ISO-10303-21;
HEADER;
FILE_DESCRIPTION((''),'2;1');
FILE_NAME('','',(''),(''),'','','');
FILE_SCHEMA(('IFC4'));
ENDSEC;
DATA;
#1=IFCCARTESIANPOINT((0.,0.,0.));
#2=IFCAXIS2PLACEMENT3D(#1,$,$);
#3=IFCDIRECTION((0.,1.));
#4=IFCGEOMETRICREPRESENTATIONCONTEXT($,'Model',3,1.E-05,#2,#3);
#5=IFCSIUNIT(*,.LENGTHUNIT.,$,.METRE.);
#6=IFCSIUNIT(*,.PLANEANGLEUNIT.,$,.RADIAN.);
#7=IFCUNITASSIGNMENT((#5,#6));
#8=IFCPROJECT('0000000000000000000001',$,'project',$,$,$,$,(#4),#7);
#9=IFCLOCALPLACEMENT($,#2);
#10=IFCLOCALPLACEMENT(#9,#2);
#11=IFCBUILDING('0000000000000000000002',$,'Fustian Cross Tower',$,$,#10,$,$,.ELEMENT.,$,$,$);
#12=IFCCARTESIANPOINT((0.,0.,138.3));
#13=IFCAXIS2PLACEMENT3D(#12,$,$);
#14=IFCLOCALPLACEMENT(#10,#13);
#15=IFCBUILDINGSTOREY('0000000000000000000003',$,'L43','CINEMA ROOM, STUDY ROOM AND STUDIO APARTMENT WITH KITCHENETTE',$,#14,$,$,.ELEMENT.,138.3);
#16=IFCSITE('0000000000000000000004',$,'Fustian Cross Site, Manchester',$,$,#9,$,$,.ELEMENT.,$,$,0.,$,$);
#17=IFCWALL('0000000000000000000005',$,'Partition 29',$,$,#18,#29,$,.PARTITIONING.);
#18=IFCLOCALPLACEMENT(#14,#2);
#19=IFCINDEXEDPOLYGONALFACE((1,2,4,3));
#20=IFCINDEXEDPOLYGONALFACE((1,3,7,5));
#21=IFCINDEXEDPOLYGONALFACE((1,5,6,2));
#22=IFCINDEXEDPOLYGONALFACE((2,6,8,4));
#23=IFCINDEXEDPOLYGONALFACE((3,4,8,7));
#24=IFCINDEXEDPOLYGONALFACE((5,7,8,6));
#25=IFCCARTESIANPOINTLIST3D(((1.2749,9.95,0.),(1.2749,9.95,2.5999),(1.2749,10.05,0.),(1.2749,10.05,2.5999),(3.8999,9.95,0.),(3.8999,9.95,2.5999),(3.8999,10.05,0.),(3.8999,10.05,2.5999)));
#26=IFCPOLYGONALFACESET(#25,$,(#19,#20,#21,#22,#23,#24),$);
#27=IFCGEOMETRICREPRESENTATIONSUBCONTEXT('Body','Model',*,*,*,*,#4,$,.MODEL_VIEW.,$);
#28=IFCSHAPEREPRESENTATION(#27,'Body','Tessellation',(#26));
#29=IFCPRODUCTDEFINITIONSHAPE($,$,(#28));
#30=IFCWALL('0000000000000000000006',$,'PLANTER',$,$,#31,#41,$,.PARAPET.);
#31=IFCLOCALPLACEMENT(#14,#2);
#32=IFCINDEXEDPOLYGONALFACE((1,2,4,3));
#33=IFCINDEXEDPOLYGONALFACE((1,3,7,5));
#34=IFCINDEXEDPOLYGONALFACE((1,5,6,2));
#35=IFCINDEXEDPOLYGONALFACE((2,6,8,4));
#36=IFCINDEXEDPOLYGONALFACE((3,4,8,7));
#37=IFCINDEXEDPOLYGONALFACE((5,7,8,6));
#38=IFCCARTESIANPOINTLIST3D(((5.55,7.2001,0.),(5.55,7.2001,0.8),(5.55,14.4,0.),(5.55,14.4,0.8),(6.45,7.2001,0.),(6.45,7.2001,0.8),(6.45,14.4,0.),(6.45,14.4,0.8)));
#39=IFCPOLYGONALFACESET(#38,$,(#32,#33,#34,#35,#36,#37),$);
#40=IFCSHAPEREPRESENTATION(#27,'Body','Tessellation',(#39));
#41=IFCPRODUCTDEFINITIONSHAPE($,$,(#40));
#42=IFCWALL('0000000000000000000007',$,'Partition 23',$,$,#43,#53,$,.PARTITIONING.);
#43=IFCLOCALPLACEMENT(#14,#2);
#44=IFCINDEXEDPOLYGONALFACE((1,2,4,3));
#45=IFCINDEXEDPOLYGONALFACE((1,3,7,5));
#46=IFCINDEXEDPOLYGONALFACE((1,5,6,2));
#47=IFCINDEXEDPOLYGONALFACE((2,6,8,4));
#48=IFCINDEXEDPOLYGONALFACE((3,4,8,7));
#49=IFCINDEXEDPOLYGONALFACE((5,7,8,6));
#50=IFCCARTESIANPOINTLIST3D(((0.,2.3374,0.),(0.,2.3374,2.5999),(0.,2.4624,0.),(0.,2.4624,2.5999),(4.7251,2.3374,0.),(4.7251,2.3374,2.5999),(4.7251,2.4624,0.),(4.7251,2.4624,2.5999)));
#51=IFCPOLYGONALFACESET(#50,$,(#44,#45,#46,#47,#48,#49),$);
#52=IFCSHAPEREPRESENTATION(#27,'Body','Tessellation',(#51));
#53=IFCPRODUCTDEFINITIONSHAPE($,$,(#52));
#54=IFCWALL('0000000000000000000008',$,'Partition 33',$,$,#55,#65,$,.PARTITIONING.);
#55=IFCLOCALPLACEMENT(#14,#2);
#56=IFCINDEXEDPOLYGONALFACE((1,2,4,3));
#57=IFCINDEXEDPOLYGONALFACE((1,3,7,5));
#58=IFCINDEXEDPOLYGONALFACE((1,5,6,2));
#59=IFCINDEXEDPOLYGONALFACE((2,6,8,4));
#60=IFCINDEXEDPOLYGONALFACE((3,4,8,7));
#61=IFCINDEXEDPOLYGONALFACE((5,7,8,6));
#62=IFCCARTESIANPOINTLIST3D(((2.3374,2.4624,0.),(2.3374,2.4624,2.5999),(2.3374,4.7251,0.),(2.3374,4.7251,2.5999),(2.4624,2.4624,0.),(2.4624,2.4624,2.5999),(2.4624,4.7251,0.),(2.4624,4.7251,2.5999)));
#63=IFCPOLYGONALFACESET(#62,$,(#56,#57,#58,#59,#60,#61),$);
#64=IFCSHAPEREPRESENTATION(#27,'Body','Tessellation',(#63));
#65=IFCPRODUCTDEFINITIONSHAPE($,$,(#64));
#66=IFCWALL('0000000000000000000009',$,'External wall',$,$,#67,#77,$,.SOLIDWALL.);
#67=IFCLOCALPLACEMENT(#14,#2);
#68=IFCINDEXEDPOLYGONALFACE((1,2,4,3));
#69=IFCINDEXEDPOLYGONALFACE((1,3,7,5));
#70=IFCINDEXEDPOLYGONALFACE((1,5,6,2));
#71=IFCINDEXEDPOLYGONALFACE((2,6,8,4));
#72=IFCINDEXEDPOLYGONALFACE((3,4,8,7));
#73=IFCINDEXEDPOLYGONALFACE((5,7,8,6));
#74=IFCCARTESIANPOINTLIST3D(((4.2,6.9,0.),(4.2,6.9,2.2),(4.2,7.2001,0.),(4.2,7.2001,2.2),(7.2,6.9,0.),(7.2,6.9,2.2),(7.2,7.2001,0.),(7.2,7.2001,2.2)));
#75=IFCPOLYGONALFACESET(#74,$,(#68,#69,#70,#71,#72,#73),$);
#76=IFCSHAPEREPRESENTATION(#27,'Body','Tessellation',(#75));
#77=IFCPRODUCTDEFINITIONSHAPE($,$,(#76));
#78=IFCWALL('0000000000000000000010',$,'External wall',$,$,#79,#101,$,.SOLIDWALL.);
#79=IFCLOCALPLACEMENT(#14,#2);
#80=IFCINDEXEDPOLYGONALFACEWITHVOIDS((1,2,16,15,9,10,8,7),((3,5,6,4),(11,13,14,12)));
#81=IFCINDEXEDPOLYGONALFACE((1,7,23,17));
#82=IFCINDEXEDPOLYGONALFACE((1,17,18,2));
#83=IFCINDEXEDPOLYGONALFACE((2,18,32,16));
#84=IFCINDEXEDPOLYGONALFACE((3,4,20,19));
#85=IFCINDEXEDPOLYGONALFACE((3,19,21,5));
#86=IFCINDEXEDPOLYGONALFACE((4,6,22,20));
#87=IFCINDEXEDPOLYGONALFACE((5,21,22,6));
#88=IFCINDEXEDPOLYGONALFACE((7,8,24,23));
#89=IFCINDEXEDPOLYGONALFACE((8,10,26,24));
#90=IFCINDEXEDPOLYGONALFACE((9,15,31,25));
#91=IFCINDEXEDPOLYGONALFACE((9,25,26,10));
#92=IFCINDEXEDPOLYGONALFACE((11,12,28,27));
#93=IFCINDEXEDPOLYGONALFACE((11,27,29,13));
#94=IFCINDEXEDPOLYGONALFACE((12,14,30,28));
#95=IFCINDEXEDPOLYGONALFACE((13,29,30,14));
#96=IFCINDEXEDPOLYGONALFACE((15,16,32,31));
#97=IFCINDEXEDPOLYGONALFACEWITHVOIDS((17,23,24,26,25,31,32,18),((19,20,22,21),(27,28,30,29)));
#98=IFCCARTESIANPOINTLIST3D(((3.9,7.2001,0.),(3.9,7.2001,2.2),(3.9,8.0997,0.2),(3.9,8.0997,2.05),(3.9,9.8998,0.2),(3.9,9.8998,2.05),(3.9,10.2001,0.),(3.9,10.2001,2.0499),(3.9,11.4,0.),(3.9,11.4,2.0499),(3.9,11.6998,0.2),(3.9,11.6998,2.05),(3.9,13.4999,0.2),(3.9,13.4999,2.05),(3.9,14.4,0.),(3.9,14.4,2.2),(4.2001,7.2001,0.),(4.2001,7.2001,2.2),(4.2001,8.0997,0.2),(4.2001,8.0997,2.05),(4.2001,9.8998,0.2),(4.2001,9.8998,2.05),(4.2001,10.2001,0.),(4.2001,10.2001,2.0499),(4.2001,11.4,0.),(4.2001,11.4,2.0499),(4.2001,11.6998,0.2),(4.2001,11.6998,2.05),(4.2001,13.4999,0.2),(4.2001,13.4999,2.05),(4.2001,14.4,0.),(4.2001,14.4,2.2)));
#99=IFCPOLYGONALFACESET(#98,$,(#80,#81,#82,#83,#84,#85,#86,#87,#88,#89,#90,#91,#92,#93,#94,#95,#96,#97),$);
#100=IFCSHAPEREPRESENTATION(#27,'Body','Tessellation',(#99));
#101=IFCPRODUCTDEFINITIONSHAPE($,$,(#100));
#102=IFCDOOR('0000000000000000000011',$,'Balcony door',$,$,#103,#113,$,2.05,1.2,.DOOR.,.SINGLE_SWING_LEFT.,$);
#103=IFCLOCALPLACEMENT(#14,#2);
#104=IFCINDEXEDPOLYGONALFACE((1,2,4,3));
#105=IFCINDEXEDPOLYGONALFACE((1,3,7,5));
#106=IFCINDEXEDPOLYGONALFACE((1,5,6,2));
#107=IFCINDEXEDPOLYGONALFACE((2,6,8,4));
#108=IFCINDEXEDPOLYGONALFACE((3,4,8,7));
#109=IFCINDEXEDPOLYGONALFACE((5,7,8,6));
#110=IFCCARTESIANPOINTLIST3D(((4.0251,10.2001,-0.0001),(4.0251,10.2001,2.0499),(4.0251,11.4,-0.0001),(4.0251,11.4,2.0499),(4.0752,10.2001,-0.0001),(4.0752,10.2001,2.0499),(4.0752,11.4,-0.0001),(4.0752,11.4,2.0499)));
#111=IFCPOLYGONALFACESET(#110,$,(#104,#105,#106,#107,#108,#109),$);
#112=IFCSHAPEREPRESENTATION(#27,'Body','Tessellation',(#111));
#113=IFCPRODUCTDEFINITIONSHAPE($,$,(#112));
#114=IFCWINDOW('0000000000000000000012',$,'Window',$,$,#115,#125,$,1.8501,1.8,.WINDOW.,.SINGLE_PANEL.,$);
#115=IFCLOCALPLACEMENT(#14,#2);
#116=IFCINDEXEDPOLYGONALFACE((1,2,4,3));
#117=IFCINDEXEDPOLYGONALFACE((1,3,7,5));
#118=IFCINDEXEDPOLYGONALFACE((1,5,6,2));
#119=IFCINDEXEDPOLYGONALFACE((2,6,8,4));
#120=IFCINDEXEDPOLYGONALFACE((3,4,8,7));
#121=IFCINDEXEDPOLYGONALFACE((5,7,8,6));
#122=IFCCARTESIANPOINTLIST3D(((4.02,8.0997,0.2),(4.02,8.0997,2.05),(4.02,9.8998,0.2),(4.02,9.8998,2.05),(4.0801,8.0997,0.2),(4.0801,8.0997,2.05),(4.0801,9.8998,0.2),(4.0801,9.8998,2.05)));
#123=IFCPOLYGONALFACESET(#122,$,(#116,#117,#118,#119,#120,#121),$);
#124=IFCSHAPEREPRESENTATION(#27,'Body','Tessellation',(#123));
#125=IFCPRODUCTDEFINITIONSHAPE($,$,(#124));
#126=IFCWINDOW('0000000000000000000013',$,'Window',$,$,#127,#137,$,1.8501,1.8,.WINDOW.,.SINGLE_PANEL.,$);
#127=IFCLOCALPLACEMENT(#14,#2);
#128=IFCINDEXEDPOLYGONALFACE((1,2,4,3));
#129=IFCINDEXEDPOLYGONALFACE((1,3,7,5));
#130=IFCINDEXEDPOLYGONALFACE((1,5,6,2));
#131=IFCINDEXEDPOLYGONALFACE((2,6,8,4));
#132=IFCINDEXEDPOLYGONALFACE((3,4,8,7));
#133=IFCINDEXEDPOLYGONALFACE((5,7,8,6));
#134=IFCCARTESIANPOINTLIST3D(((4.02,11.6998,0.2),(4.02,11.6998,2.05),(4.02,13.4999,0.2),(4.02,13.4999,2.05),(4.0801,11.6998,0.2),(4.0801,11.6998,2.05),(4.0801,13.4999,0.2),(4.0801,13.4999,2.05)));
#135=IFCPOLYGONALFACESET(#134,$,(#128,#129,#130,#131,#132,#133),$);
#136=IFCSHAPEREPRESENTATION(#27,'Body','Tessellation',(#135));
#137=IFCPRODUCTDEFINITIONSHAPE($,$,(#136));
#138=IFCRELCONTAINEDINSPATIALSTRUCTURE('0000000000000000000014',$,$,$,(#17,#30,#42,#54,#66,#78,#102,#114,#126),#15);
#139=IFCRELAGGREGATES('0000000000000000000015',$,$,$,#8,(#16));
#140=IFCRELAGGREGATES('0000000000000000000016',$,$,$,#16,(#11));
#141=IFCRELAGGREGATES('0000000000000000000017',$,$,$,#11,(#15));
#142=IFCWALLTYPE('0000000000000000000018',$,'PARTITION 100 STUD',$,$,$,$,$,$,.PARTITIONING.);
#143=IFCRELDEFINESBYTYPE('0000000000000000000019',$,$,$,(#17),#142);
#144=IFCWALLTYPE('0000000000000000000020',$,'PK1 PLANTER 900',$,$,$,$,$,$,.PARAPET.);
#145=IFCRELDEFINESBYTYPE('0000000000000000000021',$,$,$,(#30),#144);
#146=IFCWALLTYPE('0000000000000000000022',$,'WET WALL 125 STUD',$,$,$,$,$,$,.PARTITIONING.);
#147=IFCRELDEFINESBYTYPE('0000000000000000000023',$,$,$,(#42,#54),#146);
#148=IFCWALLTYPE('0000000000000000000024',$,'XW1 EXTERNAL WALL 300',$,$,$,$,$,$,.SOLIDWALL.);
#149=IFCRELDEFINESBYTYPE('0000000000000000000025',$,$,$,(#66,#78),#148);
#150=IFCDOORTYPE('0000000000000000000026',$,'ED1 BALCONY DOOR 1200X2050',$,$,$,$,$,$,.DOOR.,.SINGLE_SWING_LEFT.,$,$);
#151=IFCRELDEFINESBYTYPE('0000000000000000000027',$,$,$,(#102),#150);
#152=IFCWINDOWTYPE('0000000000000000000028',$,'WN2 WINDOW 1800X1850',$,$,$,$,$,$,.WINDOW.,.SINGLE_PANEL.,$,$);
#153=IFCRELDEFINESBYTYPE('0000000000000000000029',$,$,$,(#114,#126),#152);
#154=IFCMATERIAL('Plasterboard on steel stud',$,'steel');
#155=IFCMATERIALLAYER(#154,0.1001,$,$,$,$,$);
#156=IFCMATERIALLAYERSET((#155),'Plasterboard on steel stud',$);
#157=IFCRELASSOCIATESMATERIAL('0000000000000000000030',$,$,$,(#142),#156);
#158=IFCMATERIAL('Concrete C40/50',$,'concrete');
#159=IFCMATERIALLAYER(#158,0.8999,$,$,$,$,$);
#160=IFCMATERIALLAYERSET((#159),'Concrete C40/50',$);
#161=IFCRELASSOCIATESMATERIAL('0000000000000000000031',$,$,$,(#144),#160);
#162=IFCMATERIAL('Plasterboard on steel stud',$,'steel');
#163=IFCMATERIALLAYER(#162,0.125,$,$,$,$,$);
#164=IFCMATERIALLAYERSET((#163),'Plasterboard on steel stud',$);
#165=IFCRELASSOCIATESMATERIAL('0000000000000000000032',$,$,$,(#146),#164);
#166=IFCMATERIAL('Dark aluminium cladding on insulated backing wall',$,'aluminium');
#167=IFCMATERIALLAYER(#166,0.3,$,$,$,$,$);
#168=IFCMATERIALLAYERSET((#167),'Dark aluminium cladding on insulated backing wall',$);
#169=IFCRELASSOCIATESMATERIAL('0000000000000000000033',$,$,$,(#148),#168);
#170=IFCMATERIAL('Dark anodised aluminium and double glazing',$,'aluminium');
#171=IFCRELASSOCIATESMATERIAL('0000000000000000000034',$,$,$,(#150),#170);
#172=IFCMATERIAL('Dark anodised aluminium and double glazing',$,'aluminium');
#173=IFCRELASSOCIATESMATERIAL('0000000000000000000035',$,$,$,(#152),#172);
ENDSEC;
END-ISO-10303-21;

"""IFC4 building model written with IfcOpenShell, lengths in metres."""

from ifc_helpers import new_model, si_unit, direction, frame, frame_2d, origin, place, context, subcontext, project, spatial, rectangle, extrude, material, layer, layer_set, type_object, element, fill, save


model = new_model("IFC4")

# Units and contexts
model_context = context("Model", 3, precision=1e-05, world=origin(), true_north=direction((0.0, 1.0)))
body_context = subcontext(model_context, "Body", "Model", "MODEL_VIEW")
ifc_project = project(units=[si_unit("LENGTHUNIT", "METRE"), si_unit("PLANEANGLEUNIT", "RADIAN")], contexts=[model_context])

# Site, building, storey
site_placement = place(None, origin())
site = spatial("IfcSite", under=ifc_project, at=site_placement, Name="Fustian Cross Site, Manchester", CompositionType="ELEMENT", RefElevation=0.0)
building_placement = place(site_placement, origin())
building = spatial("IfcBuilding", under=site, at=building_placement, Name="Fustian Cross Tower", CompositionType="ELEMENT")
storey_placement = place(building_placement, frame((0.0, 0.0, 138.3)))
storey = spatial("IfcBuildingStorey", under=building, at=storey_placement, Name="L43", Description="CINEMA ROOM, STUDY ROOM AND STUDIO APARTMENT WITH KITCHENETTE", CompositionType="ELEMENT", Elevation=138.3)

# Walls
ifc_material_1 = material(Name="Plasterboard on steel stud", Category="steel")
ifc_layer_1 = layer(ifc_material_1, 0.1001)
ifc_layer_set_1 = layer_set([ifc_layer_1], Name="Plasterboard on steel stud")
wall_type_1 = type_object("IfcWallType", Name="PARTITION 100 STUD", PredefinedType="PARTITIONING", material=ifc_layer_set_1)
wall_1_placement = place(storey_placement, frame((1.2749, 10.0, 0.0), z_axis=(0.0, 0.0, 1.0), x_axis=(1.0, 0.0, 0.0)))
element("IfcWall", 1, at=wall_1_placement, inside=storey, type_object=wall_type_1, Name="Partition 29", PredefinedType="PARTITIONING", context=body_context, shape_type="SweptSolid", body=[
    extrude(rectangle(XDim=2.625, YDim=0.1001, at=frame_2d((1.3125, 0.0))), origin(), (0.0, 0.0, 1.0), 2.5999),
])
ifc_material_2 = material(Name="Concrete C40/50", Category="concrete")
ifc_layer_2 = layer(ifc_material_2, 0.8999)
ifc_layer_set_2 = layer_set([ifc_layer_2], Name="Concrete C40/50")
wall_type_2 = type_object("IfcWallType", Name="PK1 PLANTER 900", PredefinedType="PARAPET", material=ifc_layer_set_2)
wall_2_placement = place(storey_placement, frame((6.0, 7.2, 0.0), z_axis=(0.0, 0.0, 1.0), x_axis=(0.0, 1.0, 0.0)))
element("IfcWall", 2, at=wall_2_placement, inside=storey, type_object=wall_type_2, Name="PLANTER", PredefinedType="PARAPET", context=body_context, shape_type="SweptSolid", body=[
    extrude(rectangle(XDim=7.2, YDim=0.8999, at=frame_2d((3.6001, 0.0))), origin(), (0.0, 0.0, 1.0), 0.8),
])
ifc_material_3 = material(Name="Plasterboard on steel stud", Category="steel")
ifc_layer_3 = layer(ifc_material_3, 0.125)
ifc_layer_set_3 = layer_set([ifc_layer_3], Name="Plasterboard on steel stud")
wall_type_3 = type_object("IfcWallType", Name="WET WALL 125 STUD", PredefinedType="PARTITIONING", material=ifc_layer_set_3)
wall_3_placement = place(storey_placement, frame((0.0, 2.3999, 0.0), z_axis=(0.0, 0.0, 1.0), x_axis=(1.0, 0.0, 0.0)))
element("IfcWall", 3, at=wall_3_placement, inside=storey, type_object=wall_type_3, Name="Partition 23", PredefinedType="PARTITIONING", context=body_context, shape_type="SweptSolid", body=[
    extrude(rectangle(XDim=4.7251, YDim=0.125, at=frame_2d((2.3625, 0.0))), origin(), (0.0, 0.0, 1.0), 2.5999),
])
wall_4_placement = place(storey_placement, frame((2.3999, 2.4624, 0.0), z_axis=(0.0, 0.0, 1.0), x_axis=(0.0, 1.0, 0.0)))
element("IfcWall", 4, at=wall_4_placement, inside=storey, type_object=wall_type_3, Name="Partition 33", PredefinedType="PARTITIONING", context=body_context, shape_type="SweptSolid", body=[
    extrude(rectangle(XDim=2.2627, YDim=0.125, at=frame_2d((1.1313, 0.0))), origin(), (0.0, 0.0, 1.0), 2.5999),
])
ifc_material_4 = material(Name="Dark aluminium cladding on insulated backing wall", Category="aluminium")
ifc_layer_4 = layer(ifc_material_4, 0.3)
ifc_layer_set_4 = layer_set([ifc_layer_4], Name="Dark aluminium cladding on insulated backing wall")
wall_type_4 = type_object("IfcWallType", Name="XW1 EXTERNAL WALL 300", PredefinedType="SOLIDWALL", material=ifc_layer_set_4)
wall_5_placement = place(storey_placement, frame((7.2, 7.05, 0.0), z_axis=(0.0, 0.0, 1.0), x_axis=(-1.0, 0.0, 0.0)))
element("IfcWall", 5, at=wall_5_placement, inside=storey, type_object=wall_type_4, Name="External wall", PredefinedType="SOLIDWALL", context=body_context, shape_type="SweptSolid", body=[
    extrude(rectangle(XDim=3.0, YDim=0.3, at=frame_2d((1.5, 0.0))), origin(), (0.0, 0.0, 1.0), 2.2),
])

# Wall, openings, door, windows
wall_6_placement = place(storey_placement, frame((4.05, 7.2, 0.0), z_axis=(0.0, 0.0, 1.0), x_axis=(0.0, 1.0, 0.0)))
wall_6 = element("IfcWall", 6, at=wall_6_placement, inside=storey, type_object=wall_type_4, Name="External wall", PredefinedType="SOLIDWALL", context=body_context, shape_type="SweptSolid", body=[
    extrude(rectangle(XDim=7.2, YDim=0.3, at=frame_2d((3.6001, 0.0))), origin(), (0.0, 0.0, 1.0), 2.2),
])
opening_1_placement = place(wall_6_placement, frame((3.0, 0.0, 0.0)))
opening_1 = element("IfcOpeningElement", 7, at=opening_1_placement, cuts=wall_6, PredefinedType="OPENING", context=body_context, shape_type="SweptSolid", body=[
    extrude(rectangle(XDim=1.2, YDim=2.05, at=frame_2d((0.6001, 1.0249))), frame((0.0, 0.1599, 0.0), z_axis=(0.0, -1.0, 0.0), x_axis=(1.0, 0.0, 0.0)), (0.0, 0.0, 1.0), 0.3201),
])
opening_2_placement = place(wall_6_placement, frame((0.8999, 0.0, 0.2)))
opening_2 = element("IfcOpeningElement", 8, at=opening_2_placement, cuts=wall_6, PredefinedType="OPENING", context=body_context, shape_type="SweptSolid", body=[
    extrude(rectangle(XDim=1.8, YDim=1.8501, at=frame_2d((0.8999, 0.925))), frame((0.0, 0.1599, 0.0), z_axis=(0.0, -1.0, 0.0), x_axis=(1.0, 0.0, 0.0)), (0.0, 0.0, 1.0), 0.3201),
])
opening_3_placement = place(wall_6_placement, frame((4.5, 0.0, 0.2)))
opening_3 = element("IfcOpeningElement", 9, at=opening_3_placement, cuts=wall_6, PredefinedType="OPENING", context=body_context, shape_type="SweptSolid", body=[
    extrude(rectangle(XDim=1.8, YDim=1.8501, at=frame_2d((0.8999, 0.925))), frame((0.0, 0.1599, 0.0), z_axis=(0.0, -1.0, 0.0), x_axis=(1.0, 0.0, 0.0)), (0.0, 0.0, 1.0), 0.3201),
])
ifc_material_5 = material(Name="Dark anodised aluminium and double glazing", Category="aluminium")
door_type_1 = type_object("IfcDoorType", Name="ED1 BALCONY DOOR 1200X2050", OperationType="SINGLE_SWING_LEFT", PredefinedType="DOOR", material=ifc_material_5)
door_1_placement = place(opening_1_placement, origin())
door_1 = element("IfcDoor", 10, at=door_1_placement, inside=storey, type_object=door_type_1, Name="Balcony door", OperationType="SINGLE_SWING_LEFT", OverallHeight=2.05, OverallWidth=1.2, PredefinedType="DOOR", context=body_context, shape_type="SweptSolid", body=[
    extrude(rectangle(XDim=1.2, YDim=2.05, at=frame_2d((0.6001, 1.0249))), frame((0.0, 0.0249, 0.0), z_axis=(0.0, -1.0, 0.0), x_axis=(1.0, 0.0, 0.0)), (0.0, 0.0, 1.0), 0.05),
])
fill(opening_1, door_1)
ifc_material_6 = material(Name="Dark anodised aluminium and double glazing", Category="aluminium")
window_type = type_object("IfcWindowType", Name="WN2 WINDOW 1800X1850", PartitioningType="SINGLE_PANEL", PredefinedType="WINDOW", material=ifc_material_6)
window_1_placement = place(opening_2_placement, origin())
window_1 = element("IfcWindow", 11, at=window_1_placement, inside=storey, type_object=window_type, Name="Window", OverallHeight=1.8501, OverallWidth=1.8, PartitioningType="SINGLE_PANEL", PredefinedType="WINDOW", context=body_context, shape_type="SweptSolid", body=[
    extrude(rectangle(XDim=1.8, YDim=1.8501, at=frame_2d((0.8999, 0.925))), frame((0.0, 0.03, 0.0), z_axis=(0.0, -1.0, 0.0), x_axis=(1.0, 0.0, 0.0)), (0.0, 0.0, 1.0), 0.0601),
])
fill(opening_2, window_1)
window_2_placement = place(opening_3_placement, origin())
window_2 = element("IfcWindow", 12, at=window_2_placement, inside=storey, type_object=window_type, Name="Window", OverallHeight=1.8501, OverallWidth=1.8, PartitioningType="SINGLE_PANEL", PredefinedType="WINDOW", context=body_context, shape_type="SweptSolid", body=[
    extrude(rectangle(XDim=1.8, YDim=1.8501, at=frame_2d((0.8999, 0.925))), frame((0.0, 0.03, 0.0), z_axis=(0.0, -1.0, 0.0), x_axis=(1.0, 0.0, 0.0)), (0.0, 0.0, 1.0), 0.0601),
])
fill(opening_3, window_2)

save(model, "model.ifc")
